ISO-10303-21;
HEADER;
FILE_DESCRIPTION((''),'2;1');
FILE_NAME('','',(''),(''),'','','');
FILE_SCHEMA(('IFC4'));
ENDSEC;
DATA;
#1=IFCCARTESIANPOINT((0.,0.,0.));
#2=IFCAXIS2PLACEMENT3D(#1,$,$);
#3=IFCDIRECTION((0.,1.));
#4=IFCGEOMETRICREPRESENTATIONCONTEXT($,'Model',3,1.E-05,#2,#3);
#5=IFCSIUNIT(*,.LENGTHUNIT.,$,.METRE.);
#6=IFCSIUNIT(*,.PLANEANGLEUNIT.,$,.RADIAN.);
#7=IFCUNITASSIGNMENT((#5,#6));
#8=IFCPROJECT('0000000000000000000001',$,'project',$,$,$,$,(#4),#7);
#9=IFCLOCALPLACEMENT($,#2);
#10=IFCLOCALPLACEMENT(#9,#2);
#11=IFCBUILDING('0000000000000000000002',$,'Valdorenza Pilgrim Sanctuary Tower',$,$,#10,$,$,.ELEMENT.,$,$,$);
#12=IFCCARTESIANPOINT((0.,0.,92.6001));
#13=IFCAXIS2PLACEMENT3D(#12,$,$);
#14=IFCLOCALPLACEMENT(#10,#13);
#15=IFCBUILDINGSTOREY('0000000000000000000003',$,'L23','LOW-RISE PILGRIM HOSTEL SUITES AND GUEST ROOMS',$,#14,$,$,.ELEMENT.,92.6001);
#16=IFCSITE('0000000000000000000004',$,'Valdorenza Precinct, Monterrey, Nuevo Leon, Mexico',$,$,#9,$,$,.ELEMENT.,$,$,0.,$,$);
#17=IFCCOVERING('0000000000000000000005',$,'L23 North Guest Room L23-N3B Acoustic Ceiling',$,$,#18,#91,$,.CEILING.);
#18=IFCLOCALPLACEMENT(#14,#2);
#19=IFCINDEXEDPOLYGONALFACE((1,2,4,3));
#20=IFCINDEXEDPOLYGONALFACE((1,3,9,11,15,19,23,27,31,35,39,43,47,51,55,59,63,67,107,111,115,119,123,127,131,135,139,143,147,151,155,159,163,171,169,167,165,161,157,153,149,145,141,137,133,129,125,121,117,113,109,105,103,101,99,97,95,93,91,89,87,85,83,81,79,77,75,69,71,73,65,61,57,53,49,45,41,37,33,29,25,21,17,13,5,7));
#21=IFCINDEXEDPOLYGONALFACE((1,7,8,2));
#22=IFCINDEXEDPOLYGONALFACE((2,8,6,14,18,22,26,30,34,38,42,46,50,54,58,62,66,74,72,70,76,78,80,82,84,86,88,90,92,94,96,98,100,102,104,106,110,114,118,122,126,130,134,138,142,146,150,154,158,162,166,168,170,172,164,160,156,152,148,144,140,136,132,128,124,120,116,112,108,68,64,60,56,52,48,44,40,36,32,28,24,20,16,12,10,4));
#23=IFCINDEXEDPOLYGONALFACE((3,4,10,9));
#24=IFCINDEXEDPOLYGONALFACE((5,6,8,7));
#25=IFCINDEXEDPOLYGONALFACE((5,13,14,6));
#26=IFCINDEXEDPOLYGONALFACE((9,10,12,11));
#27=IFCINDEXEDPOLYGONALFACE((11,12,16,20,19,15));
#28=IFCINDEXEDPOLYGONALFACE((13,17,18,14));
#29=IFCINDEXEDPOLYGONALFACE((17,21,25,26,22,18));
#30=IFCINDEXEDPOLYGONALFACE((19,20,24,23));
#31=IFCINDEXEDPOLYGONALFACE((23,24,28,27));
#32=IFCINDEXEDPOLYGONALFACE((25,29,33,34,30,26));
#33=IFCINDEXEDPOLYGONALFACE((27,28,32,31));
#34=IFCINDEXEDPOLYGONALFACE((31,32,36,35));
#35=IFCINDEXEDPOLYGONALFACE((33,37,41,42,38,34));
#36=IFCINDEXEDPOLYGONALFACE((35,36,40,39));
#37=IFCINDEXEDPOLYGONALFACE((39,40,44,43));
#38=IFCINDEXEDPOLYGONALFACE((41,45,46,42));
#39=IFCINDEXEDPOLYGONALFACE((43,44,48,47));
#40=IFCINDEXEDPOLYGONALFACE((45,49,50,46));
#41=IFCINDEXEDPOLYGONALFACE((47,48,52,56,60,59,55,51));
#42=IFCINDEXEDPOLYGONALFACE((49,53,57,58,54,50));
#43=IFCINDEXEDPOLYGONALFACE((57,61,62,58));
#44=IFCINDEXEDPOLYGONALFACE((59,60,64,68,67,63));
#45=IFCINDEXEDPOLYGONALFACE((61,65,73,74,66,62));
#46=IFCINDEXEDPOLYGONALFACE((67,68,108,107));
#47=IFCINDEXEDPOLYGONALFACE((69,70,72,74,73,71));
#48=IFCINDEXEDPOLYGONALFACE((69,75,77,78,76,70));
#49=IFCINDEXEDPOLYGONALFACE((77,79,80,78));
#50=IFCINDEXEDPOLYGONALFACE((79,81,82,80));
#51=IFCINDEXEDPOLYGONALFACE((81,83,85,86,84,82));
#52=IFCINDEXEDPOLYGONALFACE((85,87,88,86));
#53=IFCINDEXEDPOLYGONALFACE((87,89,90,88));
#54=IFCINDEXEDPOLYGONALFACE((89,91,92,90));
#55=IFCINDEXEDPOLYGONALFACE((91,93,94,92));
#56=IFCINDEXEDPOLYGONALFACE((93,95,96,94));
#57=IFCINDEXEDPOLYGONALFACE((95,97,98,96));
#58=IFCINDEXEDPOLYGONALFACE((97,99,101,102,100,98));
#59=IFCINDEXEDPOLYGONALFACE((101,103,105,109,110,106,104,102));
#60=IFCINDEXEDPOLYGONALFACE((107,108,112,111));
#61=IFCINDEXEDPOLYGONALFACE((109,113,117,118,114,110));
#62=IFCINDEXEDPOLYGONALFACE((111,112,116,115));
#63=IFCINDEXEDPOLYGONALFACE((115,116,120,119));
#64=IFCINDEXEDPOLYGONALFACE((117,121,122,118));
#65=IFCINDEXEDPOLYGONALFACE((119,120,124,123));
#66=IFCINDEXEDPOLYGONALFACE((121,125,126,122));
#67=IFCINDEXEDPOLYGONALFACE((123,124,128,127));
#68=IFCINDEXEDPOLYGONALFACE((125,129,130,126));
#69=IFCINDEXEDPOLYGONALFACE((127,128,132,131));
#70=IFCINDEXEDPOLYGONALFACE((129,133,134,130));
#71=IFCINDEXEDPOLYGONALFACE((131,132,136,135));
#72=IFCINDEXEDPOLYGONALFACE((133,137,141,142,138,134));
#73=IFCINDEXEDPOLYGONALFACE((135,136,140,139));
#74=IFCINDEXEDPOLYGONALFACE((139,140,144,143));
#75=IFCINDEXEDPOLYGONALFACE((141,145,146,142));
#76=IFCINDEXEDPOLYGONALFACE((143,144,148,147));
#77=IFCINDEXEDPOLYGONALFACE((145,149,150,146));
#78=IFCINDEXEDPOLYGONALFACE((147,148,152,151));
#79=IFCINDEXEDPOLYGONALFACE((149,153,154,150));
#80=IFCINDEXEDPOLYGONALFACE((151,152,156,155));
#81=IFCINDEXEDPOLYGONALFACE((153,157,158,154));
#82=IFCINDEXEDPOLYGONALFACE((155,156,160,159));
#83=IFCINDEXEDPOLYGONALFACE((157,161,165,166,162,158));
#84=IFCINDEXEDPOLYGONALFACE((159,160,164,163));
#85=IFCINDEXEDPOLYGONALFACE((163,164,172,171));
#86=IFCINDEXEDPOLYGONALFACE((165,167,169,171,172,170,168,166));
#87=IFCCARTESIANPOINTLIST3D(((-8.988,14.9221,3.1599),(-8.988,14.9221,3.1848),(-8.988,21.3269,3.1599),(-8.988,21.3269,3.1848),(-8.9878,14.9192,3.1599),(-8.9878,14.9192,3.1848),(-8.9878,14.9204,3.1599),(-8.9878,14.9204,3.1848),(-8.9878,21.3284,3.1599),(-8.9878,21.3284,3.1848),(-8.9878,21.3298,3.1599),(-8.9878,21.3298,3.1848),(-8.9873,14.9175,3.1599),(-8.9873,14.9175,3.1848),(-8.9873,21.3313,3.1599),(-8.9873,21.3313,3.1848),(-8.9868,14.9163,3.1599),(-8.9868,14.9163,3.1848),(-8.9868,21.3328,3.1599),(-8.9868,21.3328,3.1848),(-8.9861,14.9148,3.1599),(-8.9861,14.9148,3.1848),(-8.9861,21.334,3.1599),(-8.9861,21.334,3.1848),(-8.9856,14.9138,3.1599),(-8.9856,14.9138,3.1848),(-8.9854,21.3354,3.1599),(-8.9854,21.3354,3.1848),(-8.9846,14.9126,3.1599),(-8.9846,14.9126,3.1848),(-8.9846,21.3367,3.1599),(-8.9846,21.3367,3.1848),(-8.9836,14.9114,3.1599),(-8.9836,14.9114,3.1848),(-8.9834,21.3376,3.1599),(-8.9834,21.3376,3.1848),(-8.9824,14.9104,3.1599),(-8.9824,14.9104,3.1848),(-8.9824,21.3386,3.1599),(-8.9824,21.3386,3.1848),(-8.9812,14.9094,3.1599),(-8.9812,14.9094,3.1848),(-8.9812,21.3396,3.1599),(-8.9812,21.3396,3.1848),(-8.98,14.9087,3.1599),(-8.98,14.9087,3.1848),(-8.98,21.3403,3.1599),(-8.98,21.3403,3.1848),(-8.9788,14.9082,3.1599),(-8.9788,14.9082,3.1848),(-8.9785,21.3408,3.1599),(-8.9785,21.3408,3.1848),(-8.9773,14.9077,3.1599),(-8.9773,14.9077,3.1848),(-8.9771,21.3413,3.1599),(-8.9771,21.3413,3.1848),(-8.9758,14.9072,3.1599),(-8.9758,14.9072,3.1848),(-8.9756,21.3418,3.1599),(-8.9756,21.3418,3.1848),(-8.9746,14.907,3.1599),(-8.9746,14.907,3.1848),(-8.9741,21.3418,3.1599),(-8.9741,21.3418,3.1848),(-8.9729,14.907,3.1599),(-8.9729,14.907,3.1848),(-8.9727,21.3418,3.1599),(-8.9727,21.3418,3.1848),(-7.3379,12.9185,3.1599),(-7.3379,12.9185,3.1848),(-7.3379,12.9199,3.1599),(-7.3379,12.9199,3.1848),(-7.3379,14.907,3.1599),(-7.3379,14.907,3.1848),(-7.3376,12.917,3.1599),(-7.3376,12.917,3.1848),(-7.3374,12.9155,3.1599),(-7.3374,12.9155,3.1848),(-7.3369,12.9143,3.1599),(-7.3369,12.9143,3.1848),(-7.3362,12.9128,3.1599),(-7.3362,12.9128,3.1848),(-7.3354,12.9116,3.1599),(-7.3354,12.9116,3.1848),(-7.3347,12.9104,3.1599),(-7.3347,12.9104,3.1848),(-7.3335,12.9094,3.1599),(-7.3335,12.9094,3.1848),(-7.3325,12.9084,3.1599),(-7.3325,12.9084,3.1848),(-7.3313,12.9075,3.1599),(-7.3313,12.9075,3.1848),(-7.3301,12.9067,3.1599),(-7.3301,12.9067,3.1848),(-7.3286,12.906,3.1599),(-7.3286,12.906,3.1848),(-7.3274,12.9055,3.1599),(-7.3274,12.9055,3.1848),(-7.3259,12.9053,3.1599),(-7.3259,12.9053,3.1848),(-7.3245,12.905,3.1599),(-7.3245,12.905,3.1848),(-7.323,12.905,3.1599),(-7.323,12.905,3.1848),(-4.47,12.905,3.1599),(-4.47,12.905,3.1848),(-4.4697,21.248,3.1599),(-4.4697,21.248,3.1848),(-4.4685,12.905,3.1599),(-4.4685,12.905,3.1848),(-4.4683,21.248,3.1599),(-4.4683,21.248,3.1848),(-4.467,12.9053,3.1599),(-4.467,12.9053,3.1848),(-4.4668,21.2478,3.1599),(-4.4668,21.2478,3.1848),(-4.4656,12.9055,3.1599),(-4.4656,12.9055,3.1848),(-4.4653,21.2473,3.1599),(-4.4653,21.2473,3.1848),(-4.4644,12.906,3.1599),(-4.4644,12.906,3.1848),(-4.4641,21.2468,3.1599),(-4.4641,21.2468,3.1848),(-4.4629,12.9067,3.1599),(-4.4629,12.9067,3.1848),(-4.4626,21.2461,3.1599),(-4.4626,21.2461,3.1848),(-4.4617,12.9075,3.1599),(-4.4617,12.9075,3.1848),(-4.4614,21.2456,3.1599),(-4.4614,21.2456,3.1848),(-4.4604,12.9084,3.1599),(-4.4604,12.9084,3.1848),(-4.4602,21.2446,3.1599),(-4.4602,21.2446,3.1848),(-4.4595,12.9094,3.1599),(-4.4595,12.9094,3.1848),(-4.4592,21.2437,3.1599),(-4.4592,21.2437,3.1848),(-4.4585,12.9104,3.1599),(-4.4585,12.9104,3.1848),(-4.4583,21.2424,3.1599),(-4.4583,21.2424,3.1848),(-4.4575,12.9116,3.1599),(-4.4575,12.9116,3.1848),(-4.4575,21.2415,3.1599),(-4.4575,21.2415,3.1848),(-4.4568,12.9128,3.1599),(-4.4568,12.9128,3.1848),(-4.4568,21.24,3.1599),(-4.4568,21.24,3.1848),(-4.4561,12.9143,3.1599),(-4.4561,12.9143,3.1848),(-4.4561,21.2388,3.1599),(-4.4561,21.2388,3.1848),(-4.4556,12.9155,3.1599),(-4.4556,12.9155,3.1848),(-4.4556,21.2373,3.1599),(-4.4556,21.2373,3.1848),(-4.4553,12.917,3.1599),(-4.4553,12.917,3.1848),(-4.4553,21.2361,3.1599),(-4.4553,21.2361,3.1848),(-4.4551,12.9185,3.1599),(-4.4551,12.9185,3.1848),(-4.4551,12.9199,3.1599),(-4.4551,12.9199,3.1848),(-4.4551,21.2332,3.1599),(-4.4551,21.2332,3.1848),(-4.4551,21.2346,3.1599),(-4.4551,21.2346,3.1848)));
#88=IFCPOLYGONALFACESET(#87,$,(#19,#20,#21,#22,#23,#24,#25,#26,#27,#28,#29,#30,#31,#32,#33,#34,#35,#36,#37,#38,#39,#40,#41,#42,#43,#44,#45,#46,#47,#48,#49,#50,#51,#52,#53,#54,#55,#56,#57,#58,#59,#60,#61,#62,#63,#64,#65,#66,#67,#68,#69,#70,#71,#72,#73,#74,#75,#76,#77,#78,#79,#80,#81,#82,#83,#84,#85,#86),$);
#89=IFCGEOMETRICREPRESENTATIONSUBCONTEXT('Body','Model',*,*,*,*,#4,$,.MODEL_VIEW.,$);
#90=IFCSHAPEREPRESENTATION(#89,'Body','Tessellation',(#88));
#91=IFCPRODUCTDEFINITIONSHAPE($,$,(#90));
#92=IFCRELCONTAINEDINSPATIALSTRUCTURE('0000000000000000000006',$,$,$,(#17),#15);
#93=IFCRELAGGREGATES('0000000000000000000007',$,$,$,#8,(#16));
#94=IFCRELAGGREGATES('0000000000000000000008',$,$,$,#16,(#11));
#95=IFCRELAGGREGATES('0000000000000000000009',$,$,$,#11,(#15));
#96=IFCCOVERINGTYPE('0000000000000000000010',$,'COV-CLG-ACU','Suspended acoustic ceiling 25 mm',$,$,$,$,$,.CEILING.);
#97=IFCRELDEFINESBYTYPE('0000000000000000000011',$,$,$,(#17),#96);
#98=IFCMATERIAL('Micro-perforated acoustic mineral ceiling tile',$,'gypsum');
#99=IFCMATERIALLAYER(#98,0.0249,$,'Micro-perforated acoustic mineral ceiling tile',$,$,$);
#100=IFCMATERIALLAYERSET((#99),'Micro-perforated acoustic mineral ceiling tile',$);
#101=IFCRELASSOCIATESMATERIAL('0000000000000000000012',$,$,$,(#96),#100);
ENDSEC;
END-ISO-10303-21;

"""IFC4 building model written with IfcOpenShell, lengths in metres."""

from ifc_helpers import new_model, si_unit, direction, frame, origin, place, context, subcontext, project, spatial, polyline, outline, extrude, material, layer, layer_set, type_object, element, save


model = new_model("IFC4")

# Units and contexts
model_context = context("Model", 3, precision=1e-05, world=origin(), true_north=direction((0.0, 1.0)))
body_context = subcontext(model_context, "Body", "Model", "MODEL_VIEW")
ifc_project = project(units=[si_unit("LENGTHUNIT", "METRE"), si_unit("PLANEANGLEUNIT", "RADIAN")], contexts=[model_context])

# Site, building, storey
site_placement = place(None, origin())
site = spatial("IfcSite", under=ifc_project, at=site_placement, Name="Valdorenza Precinct, Monterrey, Nuevo Leon, Mexico", CompositionType="ELEMENT", RefElevation=0.0)
building_placement = place(site_placement, origin())
building = spatial("IfcBuilding", under=site, at=building_placement, Name="Valdorenza Pilgrim Sanctuary Tower", CompositionType="ELEMENT")
storey_placement = place(building_placement, frame((0.0, 0.0, 92.6001)))
storey = spatial("IfcBuildingStorey", under=building, at=storey_placement, Name="L23", Description="LOW-RISE PILGRIM HOSTEL SUITES AND GUEST ROOMS", CompositionType="ELEMENT", Elevation=92.6001)

# Covering
ifc_material_1 = material(Name="Micro-perforated acoustic mineral ceiling tile", Category="gypsum")
ifc_layer_1 = layer(ifc_material_1, 0.0249, Name="Micro-perforated acoustic mineral ceiling tile")
ifc_layer_set_1 = layer_set([ifc_layer_1], Name="Micro-perforated acoustic mineral ceiling tile")
covering_type_1 = type_object("IfcCoveringType", Name="COV-CLG-ACU", Description="Suspended acoustic ceiling 25 mm", PredefinedType="CEILING", material=ifc_layer_set_1)
covering_1_placement = place(storey_placement, frame((0.0, 0.0, 3.1599)))
element("IfcCovering", 1, at=covering_1_placement, inside=storey, type_object=covering_type_1, Name="L23 North Guest Room L23-N3B Acoustic Ceiling", PredefinedType="CEILING", context=body_context, shape_type="SweptSolid", body=[
    extrude(outline(polyline([(-7.3379, 14.907), (-8.9729, 14.907), (-8.9746, 14.907), (-8.9758, 14.9072), (-8.9773, 14.9077), (-8.9788, 14.9082), (-8.98, 14.9087), (-8.9812, 14.9094), (-8.9824, 14.9104), (-8.9836, 14.9114), (-8.9846, 14.9126), (-8.9856, 14.9138), (-8.9861, 14.9148), (-8.9868, 14.9163), (-8.9873, 14.9175), (-8.9878, 14.9192), (-8.9878, 14.9204), (-8.988, 14.9221), (-8.988, 21.3269), (-8.9878, 21.3284), (-8.9878, 21.3298), (-8.9873, 21.3313), (-8.9868, 21.3328), (-8.9861, 21.334), (-8.9854, 21.3354), (-8.9846, 21.3367), (-8.9834, 21.3376), (-8.9824, 21.3386), (-8.9812, 21.3396), (-8.98, 21.3403), (-8.9785, 21.3408), (-8.9771, 21.3413), (-8.9756, 21.3418), (-8.9741, 21.3418), (-8.9727, 21.3418), (-4.4697, 21.248), (-4.4683, 21.248), (-4.4668, 21.2478), (-4.4653, 21.2473), (-4.4641, 21.2468), (-4.4626, 21.2461), (-4.4614, 21.2456), (-4.4602, 21.2446), (-4.4592, 21.2437), (-4.4583, 21.2424), (-4.4575, 21.2415), (-4.4568, 21.24), (-4.4561, 21.2388), (-4.4556, 21.2373), (-4.4553, 21.2361), (-4.4551, 21.2346), (-4.4551, 21.2332), (-4.4551, 12.9199), (-4.4551, 12.9185), (-4.4553, 12.917), (-4.4556, 12.9155), (-4.4561, 12.9143), (-4.4568, 12.9128), (-4.4575, 12.9116), (-4.4585, 12.9104), (-4.4595, 12.9094), (-4.4604, 12.9084), (-4.4617, 12.9075), (-4.4629, 12.9067), (-4.4644, 12.906), (-4.4656, 12.9055), (-4.467, 12.9053), (-4.4685, 12.905), (-4.47, 12.905), (-7.323, 12.905), (-7.3245, 12.905), (-7.3259, 12.9053), (-7.3274, 12.9055), (-7.3286, 12.906), (-7.3301, 12.9067), (-7.3313, 12.9075), (-7.3325, 12.9084), (-7.3335, 12.9094), (-7.3347, 12.9104), (-7.3354, 12.9116), (-7.3362, 12.9128), (-7.3369, 12.9143), (-7.3374, 12.9155), (-7.3376, 12.917), (-7.3379, 12.9185), (-7.3379, 12.9199), (-7.3379, 14.907)])), origin(), (0.0, 0.0, 1.0), 0.0249),
])

save(model, "model.ifc")
